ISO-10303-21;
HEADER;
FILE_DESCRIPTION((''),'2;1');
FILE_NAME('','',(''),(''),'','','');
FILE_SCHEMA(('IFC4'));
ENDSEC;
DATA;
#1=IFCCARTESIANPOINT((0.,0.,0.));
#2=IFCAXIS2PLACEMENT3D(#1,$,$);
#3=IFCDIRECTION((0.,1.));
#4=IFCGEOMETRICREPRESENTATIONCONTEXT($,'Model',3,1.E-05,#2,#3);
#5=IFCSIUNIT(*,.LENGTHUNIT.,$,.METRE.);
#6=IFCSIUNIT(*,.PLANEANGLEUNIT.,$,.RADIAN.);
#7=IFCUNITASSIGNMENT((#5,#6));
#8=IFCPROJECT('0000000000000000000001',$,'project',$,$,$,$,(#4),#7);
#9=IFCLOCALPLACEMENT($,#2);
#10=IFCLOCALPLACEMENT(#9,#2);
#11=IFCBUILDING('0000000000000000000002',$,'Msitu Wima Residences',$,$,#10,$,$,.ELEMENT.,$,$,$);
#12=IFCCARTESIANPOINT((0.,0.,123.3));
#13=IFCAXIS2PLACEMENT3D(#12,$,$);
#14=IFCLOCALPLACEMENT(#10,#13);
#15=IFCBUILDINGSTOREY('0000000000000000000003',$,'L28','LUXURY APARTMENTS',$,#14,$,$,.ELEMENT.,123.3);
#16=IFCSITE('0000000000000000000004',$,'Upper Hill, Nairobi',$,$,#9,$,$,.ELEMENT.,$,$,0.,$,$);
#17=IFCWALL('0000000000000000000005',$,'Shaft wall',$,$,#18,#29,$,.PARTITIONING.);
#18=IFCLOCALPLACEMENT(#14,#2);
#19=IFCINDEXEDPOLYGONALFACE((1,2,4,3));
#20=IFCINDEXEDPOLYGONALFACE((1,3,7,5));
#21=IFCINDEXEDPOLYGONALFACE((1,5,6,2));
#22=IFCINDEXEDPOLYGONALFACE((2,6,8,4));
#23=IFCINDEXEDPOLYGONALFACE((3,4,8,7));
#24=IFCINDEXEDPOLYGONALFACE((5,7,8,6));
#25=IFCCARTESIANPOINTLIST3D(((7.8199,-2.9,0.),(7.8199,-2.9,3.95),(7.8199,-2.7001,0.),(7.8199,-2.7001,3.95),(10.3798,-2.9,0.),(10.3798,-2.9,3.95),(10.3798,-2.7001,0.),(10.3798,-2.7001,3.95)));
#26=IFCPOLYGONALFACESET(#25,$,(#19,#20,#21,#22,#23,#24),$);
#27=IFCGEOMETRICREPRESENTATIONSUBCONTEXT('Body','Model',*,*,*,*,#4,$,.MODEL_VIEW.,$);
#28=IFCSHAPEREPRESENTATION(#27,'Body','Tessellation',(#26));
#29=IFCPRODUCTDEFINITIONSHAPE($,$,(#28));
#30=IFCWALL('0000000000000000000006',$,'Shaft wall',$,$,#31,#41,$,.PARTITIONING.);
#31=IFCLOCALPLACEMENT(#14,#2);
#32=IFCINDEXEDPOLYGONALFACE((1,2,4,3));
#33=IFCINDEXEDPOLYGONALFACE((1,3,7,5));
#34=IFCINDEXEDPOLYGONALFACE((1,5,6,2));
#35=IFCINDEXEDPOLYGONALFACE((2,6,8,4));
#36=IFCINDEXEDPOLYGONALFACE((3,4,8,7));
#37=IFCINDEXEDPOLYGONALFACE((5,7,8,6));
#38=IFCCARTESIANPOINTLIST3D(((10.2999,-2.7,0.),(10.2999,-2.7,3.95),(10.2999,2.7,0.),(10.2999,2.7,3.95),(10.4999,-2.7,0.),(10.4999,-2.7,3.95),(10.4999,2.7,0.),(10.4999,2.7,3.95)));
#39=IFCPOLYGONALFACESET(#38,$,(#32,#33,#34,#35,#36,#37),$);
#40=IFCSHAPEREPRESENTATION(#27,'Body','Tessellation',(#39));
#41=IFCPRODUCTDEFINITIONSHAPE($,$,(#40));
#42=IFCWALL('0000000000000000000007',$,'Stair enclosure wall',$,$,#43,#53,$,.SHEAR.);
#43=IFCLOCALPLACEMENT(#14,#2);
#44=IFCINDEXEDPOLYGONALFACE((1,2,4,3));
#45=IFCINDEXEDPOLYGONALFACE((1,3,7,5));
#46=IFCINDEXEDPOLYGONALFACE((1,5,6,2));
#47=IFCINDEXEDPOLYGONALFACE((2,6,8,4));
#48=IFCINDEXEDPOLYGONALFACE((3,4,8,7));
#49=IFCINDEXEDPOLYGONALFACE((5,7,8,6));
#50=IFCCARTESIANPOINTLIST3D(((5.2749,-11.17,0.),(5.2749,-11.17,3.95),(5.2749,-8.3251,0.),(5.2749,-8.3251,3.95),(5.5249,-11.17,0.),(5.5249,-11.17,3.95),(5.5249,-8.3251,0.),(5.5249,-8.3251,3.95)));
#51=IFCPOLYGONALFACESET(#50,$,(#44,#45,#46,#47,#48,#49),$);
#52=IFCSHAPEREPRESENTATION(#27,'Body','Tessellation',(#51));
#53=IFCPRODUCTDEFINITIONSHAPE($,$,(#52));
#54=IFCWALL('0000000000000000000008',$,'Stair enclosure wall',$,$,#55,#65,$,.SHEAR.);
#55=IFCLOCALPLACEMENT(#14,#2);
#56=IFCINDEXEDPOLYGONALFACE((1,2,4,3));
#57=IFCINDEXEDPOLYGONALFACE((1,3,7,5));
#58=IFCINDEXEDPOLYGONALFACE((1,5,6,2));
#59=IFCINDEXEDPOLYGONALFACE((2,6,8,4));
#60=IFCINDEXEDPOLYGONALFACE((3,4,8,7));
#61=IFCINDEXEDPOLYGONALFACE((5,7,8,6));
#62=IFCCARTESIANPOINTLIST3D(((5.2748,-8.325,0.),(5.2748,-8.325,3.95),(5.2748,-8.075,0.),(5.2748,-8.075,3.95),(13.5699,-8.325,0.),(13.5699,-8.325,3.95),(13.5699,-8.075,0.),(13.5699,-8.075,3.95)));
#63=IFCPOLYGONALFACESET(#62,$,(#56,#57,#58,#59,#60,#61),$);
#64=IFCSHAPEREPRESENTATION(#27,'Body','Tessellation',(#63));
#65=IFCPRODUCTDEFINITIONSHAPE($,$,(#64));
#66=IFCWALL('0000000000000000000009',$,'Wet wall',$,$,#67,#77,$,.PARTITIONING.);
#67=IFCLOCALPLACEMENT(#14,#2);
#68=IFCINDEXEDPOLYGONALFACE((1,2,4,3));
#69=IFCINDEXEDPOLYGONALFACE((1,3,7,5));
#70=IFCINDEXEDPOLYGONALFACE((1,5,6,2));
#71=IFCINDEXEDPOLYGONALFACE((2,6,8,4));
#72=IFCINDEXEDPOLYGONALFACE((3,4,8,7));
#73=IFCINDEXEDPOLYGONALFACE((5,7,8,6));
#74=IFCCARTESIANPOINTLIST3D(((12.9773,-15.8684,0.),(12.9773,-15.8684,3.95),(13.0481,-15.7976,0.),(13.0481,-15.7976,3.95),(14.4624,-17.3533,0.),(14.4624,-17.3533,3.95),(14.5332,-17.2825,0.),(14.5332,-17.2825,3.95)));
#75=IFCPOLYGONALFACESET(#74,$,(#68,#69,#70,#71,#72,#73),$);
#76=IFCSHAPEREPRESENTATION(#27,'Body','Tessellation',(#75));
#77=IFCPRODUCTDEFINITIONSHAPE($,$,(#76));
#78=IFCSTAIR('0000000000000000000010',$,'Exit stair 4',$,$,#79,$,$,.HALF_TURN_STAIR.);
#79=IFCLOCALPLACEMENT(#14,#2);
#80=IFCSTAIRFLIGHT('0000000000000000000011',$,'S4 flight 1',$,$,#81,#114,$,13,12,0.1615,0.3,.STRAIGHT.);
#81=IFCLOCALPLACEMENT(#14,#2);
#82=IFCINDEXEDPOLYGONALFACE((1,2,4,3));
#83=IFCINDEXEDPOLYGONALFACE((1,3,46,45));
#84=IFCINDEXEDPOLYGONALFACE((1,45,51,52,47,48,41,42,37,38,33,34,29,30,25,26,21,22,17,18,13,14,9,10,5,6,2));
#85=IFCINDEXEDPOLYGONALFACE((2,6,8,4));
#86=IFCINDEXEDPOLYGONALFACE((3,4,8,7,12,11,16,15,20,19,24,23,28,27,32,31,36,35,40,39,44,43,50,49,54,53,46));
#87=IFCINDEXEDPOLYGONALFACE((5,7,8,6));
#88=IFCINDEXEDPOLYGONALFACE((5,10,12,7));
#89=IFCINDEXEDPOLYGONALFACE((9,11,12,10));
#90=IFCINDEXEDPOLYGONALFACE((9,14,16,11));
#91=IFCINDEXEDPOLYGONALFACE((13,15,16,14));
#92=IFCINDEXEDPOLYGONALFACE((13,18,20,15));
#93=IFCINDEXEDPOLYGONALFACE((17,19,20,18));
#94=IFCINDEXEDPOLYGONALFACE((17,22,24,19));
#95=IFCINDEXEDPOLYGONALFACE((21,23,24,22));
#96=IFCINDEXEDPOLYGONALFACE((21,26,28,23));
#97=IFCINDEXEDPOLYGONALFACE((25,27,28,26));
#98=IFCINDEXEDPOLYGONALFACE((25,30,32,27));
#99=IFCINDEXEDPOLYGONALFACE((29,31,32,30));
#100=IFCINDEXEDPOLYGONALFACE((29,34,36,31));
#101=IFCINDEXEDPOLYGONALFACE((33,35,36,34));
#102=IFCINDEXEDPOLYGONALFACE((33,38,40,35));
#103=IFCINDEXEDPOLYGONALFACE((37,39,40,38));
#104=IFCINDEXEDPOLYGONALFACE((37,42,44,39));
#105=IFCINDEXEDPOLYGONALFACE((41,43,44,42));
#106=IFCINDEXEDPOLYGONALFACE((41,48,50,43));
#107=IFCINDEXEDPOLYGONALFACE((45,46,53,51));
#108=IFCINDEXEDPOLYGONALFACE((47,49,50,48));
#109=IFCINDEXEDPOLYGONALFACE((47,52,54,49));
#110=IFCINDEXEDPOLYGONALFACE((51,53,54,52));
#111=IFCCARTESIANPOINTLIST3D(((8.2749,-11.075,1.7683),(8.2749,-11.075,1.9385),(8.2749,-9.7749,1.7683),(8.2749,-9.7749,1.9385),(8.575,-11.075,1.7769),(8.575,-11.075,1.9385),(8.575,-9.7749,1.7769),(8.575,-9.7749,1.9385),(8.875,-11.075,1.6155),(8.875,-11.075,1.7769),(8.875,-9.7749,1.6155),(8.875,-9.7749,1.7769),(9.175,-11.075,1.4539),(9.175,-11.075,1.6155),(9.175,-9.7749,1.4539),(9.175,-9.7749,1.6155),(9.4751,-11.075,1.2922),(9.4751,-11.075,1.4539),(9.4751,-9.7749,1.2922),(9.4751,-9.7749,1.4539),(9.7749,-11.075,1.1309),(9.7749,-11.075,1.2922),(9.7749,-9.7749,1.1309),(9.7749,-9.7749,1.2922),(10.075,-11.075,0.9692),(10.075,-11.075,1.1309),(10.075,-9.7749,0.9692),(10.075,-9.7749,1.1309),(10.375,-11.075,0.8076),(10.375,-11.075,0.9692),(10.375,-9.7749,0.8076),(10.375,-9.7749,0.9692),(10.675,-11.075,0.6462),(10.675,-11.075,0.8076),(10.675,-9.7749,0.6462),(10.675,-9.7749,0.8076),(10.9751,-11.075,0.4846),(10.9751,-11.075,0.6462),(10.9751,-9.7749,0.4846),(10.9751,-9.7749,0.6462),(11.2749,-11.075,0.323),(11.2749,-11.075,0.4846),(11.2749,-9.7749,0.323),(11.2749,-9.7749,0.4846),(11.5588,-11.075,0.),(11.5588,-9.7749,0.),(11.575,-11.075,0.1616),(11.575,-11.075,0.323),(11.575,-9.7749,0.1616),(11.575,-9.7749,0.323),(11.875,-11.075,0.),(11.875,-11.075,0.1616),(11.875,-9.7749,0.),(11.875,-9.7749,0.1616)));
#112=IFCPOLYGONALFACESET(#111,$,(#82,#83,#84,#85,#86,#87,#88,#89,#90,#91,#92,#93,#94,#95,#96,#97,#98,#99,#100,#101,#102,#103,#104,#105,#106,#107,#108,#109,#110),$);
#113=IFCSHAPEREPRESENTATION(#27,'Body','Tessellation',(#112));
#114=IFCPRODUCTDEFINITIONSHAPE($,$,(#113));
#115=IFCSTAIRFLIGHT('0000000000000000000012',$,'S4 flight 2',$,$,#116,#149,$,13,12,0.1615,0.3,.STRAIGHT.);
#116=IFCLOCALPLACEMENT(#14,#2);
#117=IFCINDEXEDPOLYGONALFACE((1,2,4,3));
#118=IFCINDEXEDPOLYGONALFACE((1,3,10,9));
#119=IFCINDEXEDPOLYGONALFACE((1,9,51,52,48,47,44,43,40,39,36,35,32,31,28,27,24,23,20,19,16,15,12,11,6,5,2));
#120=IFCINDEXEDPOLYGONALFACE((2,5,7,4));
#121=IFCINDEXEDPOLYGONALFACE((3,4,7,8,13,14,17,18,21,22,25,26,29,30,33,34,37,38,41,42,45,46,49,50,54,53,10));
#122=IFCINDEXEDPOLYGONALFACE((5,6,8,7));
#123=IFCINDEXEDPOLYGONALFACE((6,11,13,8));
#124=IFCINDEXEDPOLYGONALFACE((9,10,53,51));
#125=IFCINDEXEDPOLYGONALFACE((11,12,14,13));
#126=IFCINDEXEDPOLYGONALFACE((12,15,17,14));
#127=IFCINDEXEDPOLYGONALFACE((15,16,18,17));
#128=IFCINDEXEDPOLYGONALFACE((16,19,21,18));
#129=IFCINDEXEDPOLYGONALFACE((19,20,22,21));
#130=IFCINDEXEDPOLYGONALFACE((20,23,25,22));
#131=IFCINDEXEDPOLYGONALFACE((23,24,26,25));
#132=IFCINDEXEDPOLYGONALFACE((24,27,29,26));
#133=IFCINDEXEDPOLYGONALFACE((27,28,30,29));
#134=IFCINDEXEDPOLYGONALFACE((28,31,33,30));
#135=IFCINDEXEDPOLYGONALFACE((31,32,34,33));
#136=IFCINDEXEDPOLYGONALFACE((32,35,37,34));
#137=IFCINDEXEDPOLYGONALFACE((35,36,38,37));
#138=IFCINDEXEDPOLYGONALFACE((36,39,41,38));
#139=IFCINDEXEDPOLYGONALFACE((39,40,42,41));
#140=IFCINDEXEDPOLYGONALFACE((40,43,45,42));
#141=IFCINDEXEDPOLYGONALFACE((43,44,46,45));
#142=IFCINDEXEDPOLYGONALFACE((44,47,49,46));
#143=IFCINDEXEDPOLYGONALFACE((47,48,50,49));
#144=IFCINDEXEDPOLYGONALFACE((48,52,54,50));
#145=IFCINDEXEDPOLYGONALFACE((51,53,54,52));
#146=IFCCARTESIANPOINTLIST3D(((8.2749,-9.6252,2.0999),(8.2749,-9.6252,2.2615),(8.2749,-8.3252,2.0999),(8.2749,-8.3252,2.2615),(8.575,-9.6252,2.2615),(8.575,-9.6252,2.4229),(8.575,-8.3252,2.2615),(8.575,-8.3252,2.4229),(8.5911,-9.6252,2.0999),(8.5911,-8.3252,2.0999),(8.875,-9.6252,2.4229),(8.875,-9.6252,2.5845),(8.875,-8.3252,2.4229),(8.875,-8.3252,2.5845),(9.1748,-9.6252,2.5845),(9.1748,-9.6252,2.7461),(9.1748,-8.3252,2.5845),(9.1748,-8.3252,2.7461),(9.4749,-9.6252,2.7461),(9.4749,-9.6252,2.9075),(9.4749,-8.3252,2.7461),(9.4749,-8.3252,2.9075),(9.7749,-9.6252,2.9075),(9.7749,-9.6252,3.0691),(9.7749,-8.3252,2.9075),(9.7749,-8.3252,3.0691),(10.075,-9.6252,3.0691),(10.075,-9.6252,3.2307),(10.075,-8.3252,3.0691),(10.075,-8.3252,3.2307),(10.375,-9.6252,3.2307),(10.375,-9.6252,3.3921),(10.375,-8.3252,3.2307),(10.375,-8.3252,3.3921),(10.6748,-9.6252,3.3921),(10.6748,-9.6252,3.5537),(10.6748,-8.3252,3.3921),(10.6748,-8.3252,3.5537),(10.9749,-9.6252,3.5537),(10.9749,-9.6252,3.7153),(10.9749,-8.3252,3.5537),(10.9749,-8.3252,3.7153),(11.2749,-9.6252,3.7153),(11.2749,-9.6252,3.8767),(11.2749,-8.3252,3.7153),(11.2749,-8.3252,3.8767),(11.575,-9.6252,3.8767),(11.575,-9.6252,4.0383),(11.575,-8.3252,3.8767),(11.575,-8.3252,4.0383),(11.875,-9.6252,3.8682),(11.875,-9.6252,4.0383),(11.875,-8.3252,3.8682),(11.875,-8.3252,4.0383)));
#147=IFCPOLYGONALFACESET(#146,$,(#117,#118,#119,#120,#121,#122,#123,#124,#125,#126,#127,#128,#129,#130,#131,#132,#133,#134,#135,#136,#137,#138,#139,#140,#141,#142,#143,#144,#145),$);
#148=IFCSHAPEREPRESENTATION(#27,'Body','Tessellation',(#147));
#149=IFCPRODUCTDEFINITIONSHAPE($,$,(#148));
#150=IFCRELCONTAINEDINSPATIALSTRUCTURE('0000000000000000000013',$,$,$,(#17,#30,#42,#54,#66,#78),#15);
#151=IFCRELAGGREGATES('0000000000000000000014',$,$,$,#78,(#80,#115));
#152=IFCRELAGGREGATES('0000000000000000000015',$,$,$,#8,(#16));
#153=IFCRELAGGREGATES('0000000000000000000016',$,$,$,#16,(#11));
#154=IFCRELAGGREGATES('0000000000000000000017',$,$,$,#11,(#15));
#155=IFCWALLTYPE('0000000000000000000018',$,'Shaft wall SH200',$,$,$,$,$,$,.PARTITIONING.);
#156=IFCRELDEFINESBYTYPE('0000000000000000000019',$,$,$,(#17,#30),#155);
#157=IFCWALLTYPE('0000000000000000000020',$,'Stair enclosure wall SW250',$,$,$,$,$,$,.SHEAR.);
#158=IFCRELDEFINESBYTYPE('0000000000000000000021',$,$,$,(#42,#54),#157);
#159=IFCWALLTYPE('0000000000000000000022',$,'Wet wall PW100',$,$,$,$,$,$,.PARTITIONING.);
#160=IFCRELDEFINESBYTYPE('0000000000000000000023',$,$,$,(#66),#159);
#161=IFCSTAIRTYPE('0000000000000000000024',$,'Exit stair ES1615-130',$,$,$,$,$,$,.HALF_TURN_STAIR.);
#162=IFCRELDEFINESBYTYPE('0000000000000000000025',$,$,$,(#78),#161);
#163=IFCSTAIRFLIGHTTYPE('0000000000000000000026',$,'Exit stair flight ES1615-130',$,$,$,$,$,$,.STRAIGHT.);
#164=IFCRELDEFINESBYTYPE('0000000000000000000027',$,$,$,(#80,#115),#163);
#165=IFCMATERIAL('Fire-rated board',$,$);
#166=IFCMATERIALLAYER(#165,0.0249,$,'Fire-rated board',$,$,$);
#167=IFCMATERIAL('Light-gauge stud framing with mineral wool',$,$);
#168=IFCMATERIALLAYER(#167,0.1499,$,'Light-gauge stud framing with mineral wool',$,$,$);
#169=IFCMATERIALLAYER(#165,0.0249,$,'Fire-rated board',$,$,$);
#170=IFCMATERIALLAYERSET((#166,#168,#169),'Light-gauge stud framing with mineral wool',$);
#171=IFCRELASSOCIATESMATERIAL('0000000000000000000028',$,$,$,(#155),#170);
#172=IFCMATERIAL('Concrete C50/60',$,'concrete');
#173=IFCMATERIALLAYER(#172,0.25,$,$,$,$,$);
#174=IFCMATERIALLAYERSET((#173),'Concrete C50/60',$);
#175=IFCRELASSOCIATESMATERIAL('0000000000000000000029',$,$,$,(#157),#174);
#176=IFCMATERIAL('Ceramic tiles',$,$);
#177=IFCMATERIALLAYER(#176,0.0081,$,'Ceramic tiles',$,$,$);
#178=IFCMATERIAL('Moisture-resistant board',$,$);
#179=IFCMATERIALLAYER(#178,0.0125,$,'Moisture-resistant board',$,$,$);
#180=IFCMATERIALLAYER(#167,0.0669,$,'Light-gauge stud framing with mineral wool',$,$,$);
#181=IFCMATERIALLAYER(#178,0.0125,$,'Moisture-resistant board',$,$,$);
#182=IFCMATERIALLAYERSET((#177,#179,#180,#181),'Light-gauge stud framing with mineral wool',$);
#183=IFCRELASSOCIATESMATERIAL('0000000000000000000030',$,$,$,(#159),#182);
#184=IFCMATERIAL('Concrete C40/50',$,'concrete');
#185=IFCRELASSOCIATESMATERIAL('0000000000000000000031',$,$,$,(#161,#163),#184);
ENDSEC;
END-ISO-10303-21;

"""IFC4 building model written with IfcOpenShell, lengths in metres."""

from ifc_helpers import new_model, si_unit, direction, frame, frame_2d, origin, place, context, subcontext, project, spatial, polyline, rectangle, outline, extrude, material, layer, layer_set, type_object, element, aggregate, save


model = new_model("IFC4")

# Units and contexts
model_context = context("Model", 3, precision=1e-05, world=origin(), true_north=direction((0.0, 1.0)))
body_context = subcontext(model_context, "Body", "Model", "MODEL_VIEW")
ifc_project = project(units=[si_unit("LENGTHUNIT", "METRE"), si_unit("PLANEANGLEUNIT", "RADIAN")], contexts=[model_context])

# Site, building, storey
site_placement = place(None, origin())
site = spatial("IfcSite", under=ifc_project, at=site_placement, Name="Upper Hill, Nairobi", CompositionType="ELEMENT", RefElevation=0.0)
building_placement = place(site_placement, origin())
building = spatial("IfcBuilding", under=site, at=building_placement, Name="Msitu Wima Residences", CompositionType="ELEMENT")
storey_placement = place(building_placement, frame((0.0, 0.0, 123.3)))
storey = spatial("IfcBuildingStorey", under=building, at=storey_placement, Name="L28", Description="LUXURY APARTMENTS", CompositionType="ELEMENT", Elevation=123.3)

# Shared definitions
ifc_material_1 = material(Name="Concrete C40/50", Category="concrete")

# Walls
ifc_material_2 = material(Name="Fire-rated board")
ifc_layer_1 = layer(ifc_material_2, 0.0249, Name="Fire-rated board")
ifc_material_3 = material(Name="Light-gauge stud framing with mineral wool")
ifc_layer_2 = layer(ifc_material_3, 0.1499, Name="Light-gauge stud framing with mineral wool")
ifc_layer_3 = layer(ifc_material_2, 0.0249, Name="Fire-rated board")
ifc_layer_set_1 = layer_set([ifc_layer_1, ifc_layer_2, ifc_layer_3], Name="Light-gauge stud framing with mineral wool")
wall_type_1 = type_object("IfcWallType", Name="Shaft wall SH200", PredefinedType="PARTITIONING", material=ifc_layer_set_1)
wall_1_placement = place(storey_placement, frame((7.8201, -2.8, 0.0), z_axis=(0.0, 0.0, 1.0), x_axis=(1.0, 0.0, 0.0)))
element("IfcWall", 1, at=wall_1_placement, inside=storey, type_object=wall_type_1, Name="Shaft wall", PredefinedType="PARTITIONING", context=body_context, shape_type="SweptSolid", body=[
    extrude(rectangle(XDim=2.5598, YDim=0.2, at=frame_2d((1.2798, 0.0))), origin(), (0.0, 0.0, 1.0), 3.95),
])
wall_2_placement = place(storey_placement, frame((10.3999, -2.7, 0.0), z_axis=(0.0, 0.0, 1.0), x_axis=(0.0, 1.0, 0.0)))
element("IfcWall", 2, at=wall_2_placement, inside=storey, type_object=wall_type_1, Name="Shaft wall", PredefinedType="PARTITIONING", context=body_context, shape_type="SweptSolid", body=[
    extrude(rectangle(XDim=5.3999, YDim=0.2, at=frame_2d((2.7, 0.0))), origin(), (0.0, 0.0, 1.0), 3.95),
])
ifc_material_4 = material(Name="Concrete C50/60", Category="concrete")
ifc_layer_4 = layer(ifc_material_4, 0.25)
ifc_layer_set_2 = layer_set([ifc_layer_4], Name="Concrete C50/60")
wall_type_2 = type_object("IfcWallType", Name="Stair enclosure wall SW250", PredefinedType="SHEAR", material=ifc_layer_set_2)
wall_3_placement = place(storey_placement, frame((5.3999, -11.1699, 0.0), z_axis=(0.0, 0.0, 1.0), x_axis=(0.0, 1.0, 0.0)))
element("IfcWall", 3, at=wall_3_placement, inside=storey, type_object=wall_type_2, Name="Stair enclosure wall", PredefinedType="SHEAR", context=body_context, shape_type="SweptSolid", body=[
    extrude(rectangle(XDim=2.845, YDim=0.25, at=frame_2d((1.4224, 0.0))), origin(), (0.0, 0.0, 1.0), 3.95),
])
wall_4_placement = place(storey_placement, frame((5.2749, -8.2, 0.0), z_axis=(0.0, 0.0, 1.0), x_axis=(1.0, 0.0, 0.0)))
element("IfcWall", 4, at=wall_4_placement, inside=storey, type_object=wall_type_2, Name="Stair enclosure wall", PredefinedType="SHEAR", context=body_context, shape_type="SweptSolid", body=[
    extrude(rectangle(XDim=8.2952, YDim=0.25, at=frame_2d((4.1475, 0.0))), origin(), (0.0, 0.0, 1.0), 3.95),
])
ifc_material_5 = material(Name="Ceramic tiles")
ifc_layer_5 = layer(ifc_material_5, 0.0081, Name="Ceramic tiles")
ifc_material_6 = material(Name="Moisture-resistant board")
ifc_layer_6 = layer(ifc_material_6, 0.0125, Name="Moisture-resistant board")
ifc_layer_7 = layer(ifc_material_3, 0.0669, Name="Light-gauge stud framing with mineral wool")
ifc_layer_8 = layer(ifc_material_6, 0.0125, Name="Moisture-resistant board")
ifc_layer_set_3 = layer_set([ifc_layer_5, ifc_layer_6, ifc_layer_7, ifc_layer_8], Name="Light-gauge stud framing with mineral wool")
wall_type_3 = type_object("IfcWallType", Name="Wet wall PW100", PredefinedType="PARTITIONING", material=ifc_layer_set_3)
wall_5_placement = place(storey_placement, frame((13.0127, -15.833, 0.0), z_axis=(0.0, 0.0, 1.0), x_axis=(0.707165, -0.707049, 0.0)))
element("IfcWall", 5, at=wall_5_placement, inside=storey, type_object=wall_type_3, Name="Wet wall", PredefinedType="PARTITIONING", context=body_context, shape_type="SweptSolid", body=[
    extrude(rectangle(XDim=2.1001, YDim=0.1001, at=frame_2d((1.05, 0.0))), origin(), (0.0, 0.0, 1.0), 3.95),
])

# Stair, stair flights
stair_type = type_object("IfcStairType", Name="Exit stair ES1615-130", PredefinedType="HALF_TURN_STAIR", material=ifc_material_1)
stair_placement = place(storey_placement, origin())
stair = element("IfcStair", 6, at=stair_placement, inside=storey, type_object=stair_type, Name="Exit stair 4", PredefinedType="HALF_TURN_STAIR")
stair_flight_type = type_object("IfcStairFlightType", Name="Exit stair flight ES1615-130", PredefinedType="STRAIGHT", material=ifc_material_1)
stair_flight_1_placement = place(storey_placement, frame((11.875, -10.425, 0.0), z_axis=(0.0, 0.0, 1.0), x_axis=(-1.0, 0.0, 0.0)))
stair_flight_1 = element("IfcStairFlight", 7, at=stair_flight_1_placement, type_object=stair_flight_type, Name="S4 flight 1", NumberOfRisers=13, NumberOfTreads=12, PredefinedType="STRAIGHT", RiserHeight=0.1615, TreadLength=0.3, context=body_context, shape_type="SweptSolid", body=[
    extrude(outline(polyline([(0.0, 0.0), (0.0, 0.1616), (0.3, 0.1616), (0.3, 0.323), (0.6001, 0.323), (0.6001, 0.4846), (0.8999, 0.4846), (0.8999, 0.6462), (1.2, 0.6462), (1.2, 0.8076), (1.5, 0.8076), (1.5, 0.9692), (1.8, 0.9692), (1.8, 1.1309), (2.1001, 1.1309), (2.1001, 1.2922), (2.3999, 1.2922), (2.3999, 1.4539), (2.7, 1.4539), (2.7, 1.6155), (3.0, 1.6155), (3.0, 1.7769), (3.3, 1.7769), (3.3, 1.9385), (3.6001, 1.9385), (3.6001, 2.1001), (3.6001, 1.7683), (0.3162, 0.0), (0.0, 0.0)])), frame((0.0, 0.6499, 0.0), z_axis=(0.0, -1.0, 0.0), x_axis=(1.0, 0.0, 0.0)), (0.0, 0.0, 1.0), 1.3),
])
stair_flight_2_placement = place(storey_placement, frame((8.2749, -8.9751, 2.0999), z_axis=(0.0, 0.0, 1.0), x_axis=(1.0, 0.0, 0.0)))
stair_flight_2 = element("IfcStairFlight", 8, at=stair_flight_2_placement, type_object=stair_flight_type, Name="S4 flight 2", NumberOfRisers=13, NumberOfTreads=12, PredefinedType="STRAIGHT", RiserHeight=0.1615, TreadLength=0.3, context=body_context, shape_type="SweptSolid", body=[
    extrude(outline(polyline([(0.0, 0.0), (0.0, 0.1616), (0.3, 0.1616), (0.3, 0.323), (0.6001, 0.323), (0.6001, 0.4846), (0.8999, 0.4846), (0.8999, 0.6462), (1.2, 0.6462), (1.2, 0.8076), (1.5, 0.8076), (1.5, 0.9692), (1.8, 0.9692), (1.8, 1.1309), (2.1001, 1.1309), (2.1001, 1.2922), (2.3999, 1.2922), (2.3999, 1.4539), (2.7, 1.4539), (2.7, 1.6155), (3.0, 1.6155), (3.0, 1.7769), (3.3, 1.7769), (3.3, 1.9385), (3.6001, 1.9385), (3.6001, 2.1001), (3.6001, 1.7683), (0.3162, 0.0), (0.0, 0.0)])), frame((0.0, 0.6499, 0.0), z_axis=(0.0, -1.0, 0.0), x_axis=(1.0, 0.0, 0.0)), (0.0, 0.0, 1.0), 1.3),
])
aggregate(stair, [stair_flight_1, stair_flight_2])

save(model, "model.ifc")
